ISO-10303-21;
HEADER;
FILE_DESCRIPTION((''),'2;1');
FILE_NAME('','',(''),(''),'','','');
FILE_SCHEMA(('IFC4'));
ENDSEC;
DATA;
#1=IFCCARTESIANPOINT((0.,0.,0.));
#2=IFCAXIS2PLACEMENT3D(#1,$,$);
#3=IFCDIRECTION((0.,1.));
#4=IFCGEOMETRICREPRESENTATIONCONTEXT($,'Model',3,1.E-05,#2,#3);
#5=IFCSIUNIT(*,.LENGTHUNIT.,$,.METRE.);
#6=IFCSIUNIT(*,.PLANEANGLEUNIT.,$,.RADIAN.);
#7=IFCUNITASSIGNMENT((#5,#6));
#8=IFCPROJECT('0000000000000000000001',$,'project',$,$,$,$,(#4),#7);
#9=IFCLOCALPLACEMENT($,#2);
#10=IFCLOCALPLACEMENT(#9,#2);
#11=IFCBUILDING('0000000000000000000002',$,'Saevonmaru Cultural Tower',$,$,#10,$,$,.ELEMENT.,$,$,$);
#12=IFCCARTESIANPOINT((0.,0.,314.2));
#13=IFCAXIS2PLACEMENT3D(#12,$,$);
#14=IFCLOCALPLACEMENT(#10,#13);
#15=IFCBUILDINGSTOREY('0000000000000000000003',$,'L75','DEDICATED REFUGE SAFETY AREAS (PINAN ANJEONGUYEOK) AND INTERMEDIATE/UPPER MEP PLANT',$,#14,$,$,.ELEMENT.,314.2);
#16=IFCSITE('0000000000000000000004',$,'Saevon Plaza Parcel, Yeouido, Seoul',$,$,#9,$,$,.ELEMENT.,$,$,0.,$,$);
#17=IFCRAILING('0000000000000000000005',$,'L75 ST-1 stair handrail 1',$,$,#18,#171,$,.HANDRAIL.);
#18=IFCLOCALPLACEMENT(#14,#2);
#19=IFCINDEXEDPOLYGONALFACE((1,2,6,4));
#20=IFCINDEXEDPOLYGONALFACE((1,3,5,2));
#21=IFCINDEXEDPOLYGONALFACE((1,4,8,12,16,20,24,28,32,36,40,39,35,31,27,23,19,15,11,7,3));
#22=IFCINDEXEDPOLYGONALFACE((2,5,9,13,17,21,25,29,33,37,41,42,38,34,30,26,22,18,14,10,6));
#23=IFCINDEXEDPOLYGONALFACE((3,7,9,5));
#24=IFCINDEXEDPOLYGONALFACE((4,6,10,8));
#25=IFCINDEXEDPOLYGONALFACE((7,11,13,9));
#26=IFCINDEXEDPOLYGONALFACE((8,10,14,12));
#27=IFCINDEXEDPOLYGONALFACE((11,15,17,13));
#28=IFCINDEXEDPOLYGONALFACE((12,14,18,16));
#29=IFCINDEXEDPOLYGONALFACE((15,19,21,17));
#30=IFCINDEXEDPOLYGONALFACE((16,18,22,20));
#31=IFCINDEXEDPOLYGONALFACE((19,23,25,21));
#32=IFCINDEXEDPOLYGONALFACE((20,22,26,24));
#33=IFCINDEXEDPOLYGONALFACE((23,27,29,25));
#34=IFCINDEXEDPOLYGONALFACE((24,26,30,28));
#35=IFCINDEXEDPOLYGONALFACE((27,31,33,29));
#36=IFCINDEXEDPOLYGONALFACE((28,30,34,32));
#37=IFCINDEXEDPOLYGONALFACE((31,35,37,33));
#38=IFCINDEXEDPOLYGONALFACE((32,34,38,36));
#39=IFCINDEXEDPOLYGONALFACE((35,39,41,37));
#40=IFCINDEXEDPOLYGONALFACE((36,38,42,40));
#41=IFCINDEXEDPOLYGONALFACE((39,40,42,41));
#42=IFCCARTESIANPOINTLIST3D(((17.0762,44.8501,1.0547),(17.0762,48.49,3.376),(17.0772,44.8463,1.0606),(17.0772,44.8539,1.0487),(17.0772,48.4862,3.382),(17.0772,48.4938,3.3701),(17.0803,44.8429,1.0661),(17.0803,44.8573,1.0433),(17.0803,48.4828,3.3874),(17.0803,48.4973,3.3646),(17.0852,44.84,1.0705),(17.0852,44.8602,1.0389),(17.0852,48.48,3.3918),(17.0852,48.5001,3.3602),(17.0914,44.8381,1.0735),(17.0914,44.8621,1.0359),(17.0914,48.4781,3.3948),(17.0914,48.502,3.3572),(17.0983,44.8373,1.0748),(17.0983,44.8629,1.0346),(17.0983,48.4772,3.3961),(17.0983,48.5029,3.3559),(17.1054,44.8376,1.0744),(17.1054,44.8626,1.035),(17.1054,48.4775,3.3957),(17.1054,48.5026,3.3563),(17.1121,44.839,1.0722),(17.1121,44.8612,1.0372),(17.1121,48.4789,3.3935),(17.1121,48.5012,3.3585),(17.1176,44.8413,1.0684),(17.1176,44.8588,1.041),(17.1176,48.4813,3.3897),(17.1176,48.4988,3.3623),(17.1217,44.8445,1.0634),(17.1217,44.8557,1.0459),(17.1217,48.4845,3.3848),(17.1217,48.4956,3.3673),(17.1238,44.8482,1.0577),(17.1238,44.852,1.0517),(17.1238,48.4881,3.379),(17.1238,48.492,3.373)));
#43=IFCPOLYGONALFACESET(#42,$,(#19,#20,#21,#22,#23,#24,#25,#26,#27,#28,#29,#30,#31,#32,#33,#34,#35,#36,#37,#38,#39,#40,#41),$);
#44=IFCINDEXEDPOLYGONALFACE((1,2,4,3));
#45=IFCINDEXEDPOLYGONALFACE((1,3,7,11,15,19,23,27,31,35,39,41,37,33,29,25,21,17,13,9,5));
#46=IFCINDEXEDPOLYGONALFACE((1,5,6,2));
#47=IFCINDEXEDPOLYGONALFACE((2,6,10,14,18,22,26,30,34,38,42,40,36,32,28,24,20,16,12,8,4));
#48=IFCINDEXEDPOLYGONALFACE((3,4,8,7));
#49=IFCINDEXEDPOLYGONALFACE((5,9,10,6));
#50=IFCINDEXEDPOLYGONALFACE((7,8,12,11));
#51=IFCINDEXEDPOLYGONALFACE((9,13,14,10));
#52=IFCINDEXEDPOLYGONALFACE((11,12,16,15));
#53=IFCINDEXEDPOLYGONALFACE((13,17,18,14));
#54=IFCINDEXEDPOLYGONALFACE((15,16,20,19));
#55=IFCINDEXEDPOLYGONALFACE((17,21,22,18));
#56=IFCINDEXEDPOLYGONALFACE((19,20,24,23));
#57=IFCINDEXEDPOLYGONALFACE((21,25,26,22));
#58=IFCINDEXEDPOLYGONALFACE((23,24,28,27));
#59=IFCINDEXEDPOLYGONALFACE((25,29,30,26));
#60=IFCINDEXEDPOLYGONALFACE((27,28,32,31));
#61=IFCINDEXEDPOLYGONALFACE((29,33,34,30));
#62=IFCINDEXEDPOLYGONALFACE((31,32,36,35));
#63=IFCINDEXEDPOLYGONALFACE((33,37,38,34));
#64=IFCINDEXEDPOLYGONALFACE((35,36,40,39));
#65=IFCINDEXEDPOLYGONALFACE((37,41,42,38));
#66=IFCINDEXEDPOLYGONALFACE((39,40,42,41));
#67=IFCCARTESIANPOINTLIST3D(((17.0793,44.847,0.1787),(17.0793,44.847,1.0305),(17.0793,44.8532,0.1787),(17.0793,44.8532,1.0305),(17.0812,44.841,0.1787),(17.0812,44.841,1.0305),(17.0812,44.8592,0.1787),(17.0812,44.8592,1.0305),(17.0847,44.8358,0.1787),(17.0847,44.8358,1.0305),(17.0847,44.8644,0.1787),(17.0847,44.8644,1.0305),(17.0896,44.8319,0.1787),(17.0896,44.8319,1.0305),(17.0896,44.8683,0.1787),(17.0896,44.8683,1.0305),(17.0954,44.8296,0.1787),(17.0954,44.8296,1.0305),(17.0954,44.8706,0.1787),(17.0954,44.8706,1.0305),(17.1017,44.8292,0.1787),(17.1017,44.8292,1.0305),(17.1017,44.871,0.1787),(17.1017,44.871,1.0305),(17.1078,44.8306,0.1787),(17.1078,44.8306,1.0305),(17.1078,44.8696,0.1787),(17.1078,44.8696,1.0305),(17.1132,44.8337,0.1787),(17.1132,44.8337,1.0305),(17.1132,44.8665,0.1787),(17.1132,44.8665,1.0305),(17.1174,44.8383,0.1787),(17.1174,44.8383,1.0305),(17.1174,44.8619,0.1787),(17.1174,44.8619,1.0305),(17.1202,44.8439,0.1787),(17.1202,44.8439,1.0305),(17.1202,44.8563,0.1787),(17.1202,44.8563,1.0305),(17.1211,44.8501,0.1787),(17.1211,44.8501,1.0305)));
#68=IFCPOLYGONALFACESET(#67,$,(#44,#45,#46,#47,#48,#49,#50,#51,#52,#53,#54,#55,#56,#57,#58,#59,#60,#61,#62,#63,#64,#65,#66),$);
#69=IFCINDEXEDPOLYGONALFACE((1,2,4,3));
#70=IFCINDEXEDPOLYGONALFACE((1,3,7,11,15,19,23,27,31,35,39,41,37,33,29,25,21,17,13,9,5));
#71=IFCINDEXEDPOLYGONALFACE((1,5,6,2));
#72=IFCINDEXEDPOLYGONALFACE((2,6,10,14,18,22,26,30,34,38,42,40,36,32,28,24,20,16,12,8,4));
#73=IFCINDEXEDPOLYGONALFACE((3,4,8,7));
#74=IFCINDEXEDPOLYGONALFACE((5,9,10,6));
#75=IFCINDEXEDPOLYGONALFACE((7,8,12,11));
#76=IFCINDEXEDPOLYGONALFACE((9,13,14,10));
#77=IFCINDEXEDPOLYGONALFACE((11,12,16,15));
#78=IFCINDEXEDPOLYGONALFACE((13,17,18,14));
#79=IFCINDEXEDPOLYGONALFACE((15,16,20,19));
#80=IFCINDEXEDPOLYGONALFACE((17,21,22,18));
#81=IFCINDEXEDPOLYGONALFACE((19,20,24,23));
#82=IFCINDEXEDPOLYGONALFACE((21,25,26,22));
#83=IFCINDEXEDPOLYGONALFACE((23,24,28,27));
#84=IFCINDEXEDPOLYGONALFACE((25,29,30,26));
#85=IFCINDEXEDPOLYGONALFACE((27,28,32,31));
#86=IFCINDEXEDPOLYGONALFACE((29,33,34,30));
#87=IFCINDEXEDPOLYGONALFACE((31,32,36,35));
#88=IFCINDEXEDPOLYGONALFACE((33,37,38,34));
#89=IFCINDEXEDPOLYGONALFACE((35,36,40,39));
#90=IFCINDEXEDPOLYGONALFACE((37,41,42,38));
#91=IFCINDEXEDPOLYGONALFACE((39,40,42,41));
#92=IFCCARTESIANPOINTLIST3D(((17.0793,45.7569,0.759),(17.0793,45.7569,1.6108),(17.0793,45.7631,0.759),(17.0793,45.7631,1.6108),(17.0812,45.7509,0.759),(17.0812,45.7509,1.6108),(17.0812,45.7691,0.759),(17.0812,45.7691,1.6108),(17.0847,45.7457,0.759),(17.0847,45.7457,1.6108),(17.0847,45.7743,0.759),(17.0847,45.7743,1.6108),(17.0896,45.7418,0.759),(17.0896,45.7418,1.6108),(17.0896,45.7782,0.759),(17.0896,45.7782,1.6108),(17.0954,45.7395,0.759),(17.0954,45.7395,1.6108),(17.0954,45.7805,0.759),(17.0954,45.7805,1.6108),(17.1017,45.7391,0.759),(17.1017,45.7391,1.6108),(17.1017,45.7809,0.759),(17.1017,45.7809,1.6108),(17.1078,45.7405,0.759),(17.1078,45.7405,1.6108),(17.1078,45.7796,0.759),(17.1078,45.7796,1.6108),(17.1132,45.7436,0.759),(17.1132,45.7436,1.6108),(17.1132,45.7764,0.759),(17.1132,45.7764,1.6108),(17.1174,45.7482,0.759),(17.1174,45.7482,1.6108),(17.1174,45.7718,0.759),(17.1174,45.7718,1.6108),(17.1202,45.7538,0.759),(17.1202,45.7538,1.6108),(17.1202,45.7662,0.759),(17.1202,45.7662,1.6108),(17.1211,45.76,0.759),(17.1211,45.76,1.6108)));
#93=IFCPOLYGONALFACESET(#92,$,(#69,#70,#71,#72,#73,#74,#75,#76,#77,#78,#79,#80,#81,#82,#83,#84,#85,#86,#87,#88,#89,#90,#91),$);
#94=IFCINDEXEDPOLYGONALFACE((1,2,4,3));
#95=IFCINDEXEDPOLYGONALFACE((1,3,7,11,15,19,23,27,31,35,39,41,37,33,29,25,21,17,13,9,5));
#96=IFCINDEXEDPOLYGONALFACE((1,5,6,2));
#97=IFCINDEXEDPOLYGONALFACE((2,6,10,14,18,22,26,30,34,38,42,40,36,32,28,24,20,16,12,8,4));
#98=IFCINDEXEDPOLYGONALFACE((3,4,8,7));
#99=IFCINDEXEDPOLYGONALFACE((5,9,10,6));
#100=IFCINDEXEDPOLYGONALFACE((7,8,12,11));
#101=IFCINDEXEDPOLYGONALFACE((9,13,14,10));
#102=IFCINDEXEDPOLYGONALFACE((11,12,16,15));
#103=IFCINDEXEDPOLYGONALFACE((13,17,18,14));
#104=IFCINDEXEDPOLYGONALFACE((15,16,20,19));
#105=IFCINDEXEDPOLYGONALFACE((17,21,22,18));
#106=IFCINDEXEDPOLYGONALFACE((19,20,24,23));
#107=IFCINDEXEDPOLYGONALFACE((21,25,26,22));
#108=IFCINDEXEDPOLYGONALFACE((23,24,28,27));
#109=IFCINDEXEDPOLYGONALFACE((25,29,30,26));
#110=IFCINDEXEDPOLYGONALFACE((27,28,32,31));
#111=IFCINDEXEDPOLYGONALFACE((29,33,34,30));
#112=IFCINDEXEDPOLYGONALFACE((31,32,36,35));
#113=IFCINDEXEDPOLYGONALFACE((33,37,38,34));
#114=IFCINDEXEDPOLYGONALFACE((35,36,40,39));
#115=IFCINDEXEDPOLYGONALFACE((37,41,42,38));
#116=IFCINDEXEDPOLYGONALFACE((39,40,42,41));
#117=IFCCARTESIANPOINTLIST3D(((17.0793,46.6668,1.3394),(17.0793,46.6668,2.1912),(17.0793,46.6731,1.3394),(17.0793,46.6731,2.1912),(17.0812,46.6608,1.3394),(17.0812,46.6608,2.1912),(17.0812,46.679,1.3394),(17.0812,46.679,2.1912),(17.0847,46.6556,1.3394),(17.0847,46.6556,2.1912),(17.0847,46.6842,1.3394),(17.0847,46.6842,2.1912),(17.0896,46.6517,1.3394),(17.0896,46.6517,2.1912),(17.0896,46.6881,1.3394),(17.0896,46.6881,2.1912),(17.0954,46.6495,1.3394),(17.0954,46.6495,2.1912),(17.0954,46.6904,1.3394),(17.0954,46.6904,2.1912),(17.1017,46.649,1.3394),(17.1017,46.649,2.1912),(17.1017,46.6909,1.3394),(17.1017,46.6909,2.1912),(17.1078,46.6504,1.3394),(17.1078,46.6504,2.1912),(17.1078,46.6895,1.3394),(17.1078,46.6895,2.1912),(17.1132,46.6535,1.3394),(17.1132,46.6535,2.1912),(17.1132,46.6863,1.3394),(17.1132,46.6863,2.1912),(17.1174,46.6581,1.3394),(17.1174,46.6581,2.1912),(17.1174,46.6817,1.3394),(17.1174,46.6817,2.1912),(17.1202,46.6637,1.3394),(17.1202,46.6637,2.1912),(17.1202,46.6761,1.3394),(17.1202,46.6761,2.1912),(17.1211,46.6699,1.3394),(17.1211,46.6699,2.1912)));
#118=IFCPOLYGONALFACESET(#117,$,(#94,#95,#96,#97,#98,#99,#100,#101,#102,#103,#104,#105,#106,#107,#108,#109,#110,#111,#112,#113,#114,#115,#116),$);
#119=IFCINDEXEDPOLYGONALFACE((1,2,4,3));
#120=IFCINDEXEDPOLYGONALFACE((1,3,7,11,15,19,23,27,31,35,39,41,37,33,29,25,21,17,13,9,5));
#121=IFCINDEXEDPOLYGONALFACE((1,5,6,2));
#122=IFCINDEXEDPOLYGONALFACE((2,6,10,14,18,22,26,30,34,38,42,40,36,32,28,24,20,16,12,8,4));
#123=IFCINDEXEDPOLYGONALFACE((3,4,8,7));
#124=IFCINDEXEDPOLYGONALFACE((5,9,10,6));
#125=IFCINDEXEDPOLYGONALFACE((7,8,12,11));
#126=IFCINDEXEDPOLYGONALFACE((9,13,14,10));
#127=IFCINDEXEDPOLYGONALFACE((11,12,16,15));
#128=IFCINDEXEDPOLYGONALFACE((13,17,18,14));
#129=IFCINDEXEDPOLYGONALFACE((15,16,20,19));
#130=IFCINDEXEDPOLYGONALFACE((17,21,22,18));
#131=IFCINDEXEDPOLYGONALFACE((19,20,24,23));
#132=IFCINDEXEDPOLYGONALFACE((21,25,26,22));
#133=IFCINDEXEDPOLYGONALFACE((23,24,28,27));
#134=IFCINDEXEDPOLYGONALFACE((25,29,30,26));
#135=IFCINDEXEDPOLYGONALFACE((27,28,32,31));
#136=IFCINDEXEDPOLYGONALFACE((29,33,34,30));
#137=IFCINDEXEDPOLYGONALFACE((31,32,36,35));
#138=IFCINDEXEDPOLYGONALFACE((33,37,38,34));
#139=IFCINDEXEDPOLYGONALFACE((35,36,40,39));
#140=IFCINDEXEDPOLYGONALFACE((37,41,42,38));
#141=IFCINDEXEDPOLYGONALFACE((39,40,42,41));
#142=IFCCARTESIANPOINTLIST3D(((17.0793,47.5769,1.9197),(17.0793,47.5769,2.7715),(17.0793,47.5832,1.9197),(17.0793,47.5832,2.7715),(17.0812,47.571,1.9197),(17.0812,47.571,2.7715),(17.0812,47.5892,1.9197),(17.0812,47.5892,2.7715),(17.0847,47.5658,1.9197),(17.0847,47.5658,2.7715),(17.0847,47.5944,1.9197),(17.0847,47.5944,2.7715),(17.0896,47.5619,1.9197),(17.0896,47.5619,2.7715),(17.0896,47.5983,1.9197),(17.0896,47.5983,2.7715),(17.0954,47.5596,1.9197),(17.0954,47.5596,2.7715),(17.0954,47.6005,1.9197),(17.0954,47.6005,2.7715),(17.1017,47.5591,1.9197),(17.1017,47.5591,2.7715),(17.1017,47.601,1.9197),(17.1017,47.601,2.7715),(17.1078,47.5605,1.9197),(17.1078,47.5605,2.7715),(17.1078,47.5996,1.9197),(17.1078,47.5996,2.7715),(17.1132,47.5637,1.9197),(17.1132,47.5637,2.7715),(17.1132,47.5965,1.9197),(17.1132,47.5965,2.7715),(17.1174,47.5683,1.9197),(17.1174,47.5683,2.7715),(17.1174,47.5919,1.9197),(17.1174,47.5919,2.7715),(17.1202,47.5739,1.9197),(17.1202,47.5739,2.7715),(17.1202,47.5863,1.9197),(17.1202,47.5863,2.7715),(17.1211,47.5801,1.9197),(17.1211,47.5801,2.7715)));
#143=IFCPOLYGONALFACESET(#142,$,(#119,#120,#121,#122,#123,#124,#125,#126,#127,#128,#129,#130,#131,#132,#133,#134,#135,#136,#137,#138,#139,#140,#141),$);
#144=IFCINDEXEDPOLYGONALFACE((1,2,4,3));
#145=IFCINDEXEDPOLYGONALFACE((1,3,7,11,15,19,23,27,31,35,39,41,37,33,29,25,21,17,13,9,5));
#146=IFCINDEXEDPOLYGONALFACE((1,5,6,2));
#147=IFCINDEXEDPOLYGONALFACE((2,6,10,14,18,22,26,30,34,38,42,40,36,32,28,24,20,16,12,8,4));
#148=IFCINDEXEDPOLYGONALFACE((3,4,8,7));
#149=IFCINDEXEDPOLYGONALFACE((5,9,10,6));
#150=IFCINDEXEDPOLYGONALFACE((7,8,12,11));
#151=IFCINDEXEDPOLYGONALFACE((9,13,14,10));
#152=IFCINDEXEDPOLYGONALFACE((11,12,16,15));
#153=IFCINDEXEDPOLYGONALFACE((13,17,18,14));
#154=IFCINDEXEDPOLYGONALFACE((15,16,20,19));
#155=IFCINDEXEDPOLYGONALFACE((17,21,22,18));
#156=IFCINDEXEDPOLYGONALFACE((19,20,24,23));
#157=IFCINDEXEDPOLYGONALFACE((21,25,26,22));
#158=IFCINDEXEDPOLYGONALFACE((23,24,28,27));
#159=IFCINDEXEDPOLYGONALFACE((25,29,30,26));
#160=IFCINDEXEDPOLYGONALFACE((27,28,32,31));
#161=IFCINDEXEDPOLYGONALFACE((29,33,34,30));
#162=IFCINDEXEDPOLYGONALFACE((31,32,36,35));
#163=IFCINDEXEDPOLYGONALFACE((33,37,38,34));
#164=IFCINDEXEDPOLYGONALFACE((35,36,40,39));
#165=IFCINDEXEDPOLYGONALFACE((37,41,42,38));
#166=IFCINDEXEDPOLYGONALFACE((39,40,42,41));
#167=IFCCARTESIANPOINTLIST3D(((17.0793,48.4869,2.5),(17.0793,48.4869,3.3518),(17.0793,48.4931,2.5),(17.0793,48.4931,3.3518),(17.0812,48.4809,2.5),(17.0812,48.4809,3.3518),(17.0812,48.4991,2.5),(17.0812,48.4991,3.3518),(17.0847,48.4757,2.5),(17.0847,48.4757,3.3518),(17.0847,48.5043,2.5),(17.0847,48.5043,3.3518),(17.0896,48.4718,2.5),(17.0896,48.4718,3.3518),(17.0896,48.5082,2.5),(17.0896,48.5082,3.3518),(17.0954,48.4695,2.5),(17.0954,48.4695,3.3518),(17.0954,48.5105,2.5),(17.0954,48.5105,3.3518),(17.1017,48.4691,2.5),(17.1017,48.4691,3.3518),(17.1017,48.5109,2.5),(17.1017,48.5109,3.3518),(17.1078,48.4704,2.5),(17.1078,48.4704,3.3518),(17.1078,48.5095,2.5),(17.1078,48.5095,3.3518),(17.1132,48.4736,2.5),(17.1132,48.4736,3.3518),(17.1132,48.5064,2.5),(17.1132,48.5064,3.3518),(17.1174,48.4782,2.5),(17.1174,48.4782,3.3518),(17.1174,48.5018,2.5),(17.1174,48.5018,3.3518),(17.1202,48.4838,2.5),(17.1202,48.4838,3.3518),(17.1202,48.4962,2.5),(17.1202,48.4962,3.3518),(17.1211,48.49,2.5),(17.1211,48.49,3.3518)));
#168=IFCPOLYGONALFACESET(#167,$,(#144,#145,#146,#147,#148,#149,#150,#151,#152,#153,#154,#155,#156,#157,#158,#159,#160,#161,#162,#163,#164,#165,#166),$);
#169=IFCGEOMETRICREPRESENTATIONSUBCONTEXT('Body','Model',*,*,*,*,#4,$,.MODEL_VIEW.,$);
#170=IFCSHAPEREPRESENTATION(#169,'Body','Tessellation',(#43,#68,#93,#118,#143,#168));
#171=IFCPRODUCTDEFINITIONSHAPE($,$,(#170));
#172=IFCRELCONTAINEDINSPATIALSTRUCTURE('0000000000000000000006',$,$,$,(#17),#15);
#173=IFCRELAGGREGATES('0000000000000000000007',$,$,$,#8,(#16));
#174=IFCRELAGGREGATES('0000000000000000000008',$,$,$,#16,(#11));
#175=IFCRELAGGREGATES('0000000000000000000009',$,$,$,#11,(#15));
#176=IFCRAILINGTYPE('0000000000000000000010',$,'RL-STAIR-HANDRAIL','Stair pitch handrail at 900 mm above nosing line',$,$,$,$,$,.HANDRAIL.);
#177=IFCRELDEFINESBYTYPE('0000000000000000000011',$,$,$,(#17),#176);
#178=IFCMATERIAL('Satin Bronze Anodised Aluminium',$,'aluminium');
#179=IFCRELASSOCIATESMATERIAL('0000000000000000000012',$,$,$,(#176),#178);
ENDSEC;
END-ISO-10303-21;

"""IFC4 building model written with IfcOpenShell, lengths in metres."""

from ifc_helpers import new_model, si_unit, direction, frame, origin, origin_2d, place, context, subcontext, project, spatial, circle, extrude, material, type_object, element, save


model = new_model("IFC4")

# Units and contexts
model_context = context("Model", 3, precision=1e-05, world=origin(), true_north=direction((0.0, 1.0)))
body_context = subcontext(model_context, "Body", "Model", "MODEL_VIEW")
ifc_project = project(units=[si_unit("LENGTHUNIT", "METRE"), si_unit("PLANEANGLEUNIT", "RADIAN")], contexts=[model_context])

# Site, building, storey
site_placement = place(None, origin())
site = spatial("IfcSite", under=ifc_project, at=site_placement, Name="Saevon Plaza Parcel, Yeouido, Seoul", CompositionType="ELEMENT", RefElevation=0.0)
building_placement = place(site_placement, origin())
building = spatial("IfcBuilding", under=site, at=building_placement, Name="Saevonmaru Cultural Tower", CompositionType="ELEMENT")
storey_placement = place(building_placement, frame((0.0, 0.0, 314.2)))
storey = spatial("IfcBuildingStorey", under=building, at=storey_placement, Name="L75", Description="DEDICATED REFUGE SAFETY AREAS (PINAN ANJEONGUYEOK) AND INTERMEDIATE/UPPER MEP PLANT", CompositionType="ELEMENT", Elevation=314.2)

# Shared definitions
ifc_material_1 = material(Name="Satin Bronze Anodised Aluminium", Category="aluminium")

# Railing
railing_type_1 = type_object("IfcRailingType", Name="RL-STAIR-HANDRAIL", Description="Stair pitch handrail at 900 mm above nosing line", PredefinedType="HANDRAIL", material=ifc_material_1)
railing_1_placement = place(storey_placement, frame((17.1001, 44.8501, 0.1787)))
element("IfcRailing", 1, at=railing_1_placement, inside=storey, type_object=railing_type_1, Name="L75 ST-1 stair handrail 1", PredefinedType="HANDRAIL", context=body_context, shape_type="SweptSolid", body=[
    extrude(circle(Radius=0.0239, at=origin_2d()), frame((0.0, 0.0, 0.876), z_axis=(0.0, 0.843137, 0.537699), x_axis=(-1.0, 0.0, 0.0)), (0.0, 0.0, 1.0), 4.3171),
    extrude(circle(Radius=0.021, at=origin_2d()), origin(), (0.0, 0.0, 1.0), 0.8518),
    extrude(circle(Radius=0.021, at=origin_2d()), frame((0.0, 0.9099, 0.5803)), (0.0, 0.0, 1.0), 0.8518),
    extrude(circle(Radius=0.021, at=origin_2d()), frame((0.0, 1.8198, 1.1606)), (0.0, 0.0, 1.0), 0.8518),
    extrude(circle(Radius=0.021, at=origin_2d()), frame((0.0, 2.73, 1.741)), (0.0, 0.0, 1.0), 0.8518),
    extrude(circle(Radius=0.021, at=origin_2d()), frame((0.0, 3.6399, 2.3213)), (0.0, 0.0, 1.0), 0.8518),
])

save(model, "model.ifc")
